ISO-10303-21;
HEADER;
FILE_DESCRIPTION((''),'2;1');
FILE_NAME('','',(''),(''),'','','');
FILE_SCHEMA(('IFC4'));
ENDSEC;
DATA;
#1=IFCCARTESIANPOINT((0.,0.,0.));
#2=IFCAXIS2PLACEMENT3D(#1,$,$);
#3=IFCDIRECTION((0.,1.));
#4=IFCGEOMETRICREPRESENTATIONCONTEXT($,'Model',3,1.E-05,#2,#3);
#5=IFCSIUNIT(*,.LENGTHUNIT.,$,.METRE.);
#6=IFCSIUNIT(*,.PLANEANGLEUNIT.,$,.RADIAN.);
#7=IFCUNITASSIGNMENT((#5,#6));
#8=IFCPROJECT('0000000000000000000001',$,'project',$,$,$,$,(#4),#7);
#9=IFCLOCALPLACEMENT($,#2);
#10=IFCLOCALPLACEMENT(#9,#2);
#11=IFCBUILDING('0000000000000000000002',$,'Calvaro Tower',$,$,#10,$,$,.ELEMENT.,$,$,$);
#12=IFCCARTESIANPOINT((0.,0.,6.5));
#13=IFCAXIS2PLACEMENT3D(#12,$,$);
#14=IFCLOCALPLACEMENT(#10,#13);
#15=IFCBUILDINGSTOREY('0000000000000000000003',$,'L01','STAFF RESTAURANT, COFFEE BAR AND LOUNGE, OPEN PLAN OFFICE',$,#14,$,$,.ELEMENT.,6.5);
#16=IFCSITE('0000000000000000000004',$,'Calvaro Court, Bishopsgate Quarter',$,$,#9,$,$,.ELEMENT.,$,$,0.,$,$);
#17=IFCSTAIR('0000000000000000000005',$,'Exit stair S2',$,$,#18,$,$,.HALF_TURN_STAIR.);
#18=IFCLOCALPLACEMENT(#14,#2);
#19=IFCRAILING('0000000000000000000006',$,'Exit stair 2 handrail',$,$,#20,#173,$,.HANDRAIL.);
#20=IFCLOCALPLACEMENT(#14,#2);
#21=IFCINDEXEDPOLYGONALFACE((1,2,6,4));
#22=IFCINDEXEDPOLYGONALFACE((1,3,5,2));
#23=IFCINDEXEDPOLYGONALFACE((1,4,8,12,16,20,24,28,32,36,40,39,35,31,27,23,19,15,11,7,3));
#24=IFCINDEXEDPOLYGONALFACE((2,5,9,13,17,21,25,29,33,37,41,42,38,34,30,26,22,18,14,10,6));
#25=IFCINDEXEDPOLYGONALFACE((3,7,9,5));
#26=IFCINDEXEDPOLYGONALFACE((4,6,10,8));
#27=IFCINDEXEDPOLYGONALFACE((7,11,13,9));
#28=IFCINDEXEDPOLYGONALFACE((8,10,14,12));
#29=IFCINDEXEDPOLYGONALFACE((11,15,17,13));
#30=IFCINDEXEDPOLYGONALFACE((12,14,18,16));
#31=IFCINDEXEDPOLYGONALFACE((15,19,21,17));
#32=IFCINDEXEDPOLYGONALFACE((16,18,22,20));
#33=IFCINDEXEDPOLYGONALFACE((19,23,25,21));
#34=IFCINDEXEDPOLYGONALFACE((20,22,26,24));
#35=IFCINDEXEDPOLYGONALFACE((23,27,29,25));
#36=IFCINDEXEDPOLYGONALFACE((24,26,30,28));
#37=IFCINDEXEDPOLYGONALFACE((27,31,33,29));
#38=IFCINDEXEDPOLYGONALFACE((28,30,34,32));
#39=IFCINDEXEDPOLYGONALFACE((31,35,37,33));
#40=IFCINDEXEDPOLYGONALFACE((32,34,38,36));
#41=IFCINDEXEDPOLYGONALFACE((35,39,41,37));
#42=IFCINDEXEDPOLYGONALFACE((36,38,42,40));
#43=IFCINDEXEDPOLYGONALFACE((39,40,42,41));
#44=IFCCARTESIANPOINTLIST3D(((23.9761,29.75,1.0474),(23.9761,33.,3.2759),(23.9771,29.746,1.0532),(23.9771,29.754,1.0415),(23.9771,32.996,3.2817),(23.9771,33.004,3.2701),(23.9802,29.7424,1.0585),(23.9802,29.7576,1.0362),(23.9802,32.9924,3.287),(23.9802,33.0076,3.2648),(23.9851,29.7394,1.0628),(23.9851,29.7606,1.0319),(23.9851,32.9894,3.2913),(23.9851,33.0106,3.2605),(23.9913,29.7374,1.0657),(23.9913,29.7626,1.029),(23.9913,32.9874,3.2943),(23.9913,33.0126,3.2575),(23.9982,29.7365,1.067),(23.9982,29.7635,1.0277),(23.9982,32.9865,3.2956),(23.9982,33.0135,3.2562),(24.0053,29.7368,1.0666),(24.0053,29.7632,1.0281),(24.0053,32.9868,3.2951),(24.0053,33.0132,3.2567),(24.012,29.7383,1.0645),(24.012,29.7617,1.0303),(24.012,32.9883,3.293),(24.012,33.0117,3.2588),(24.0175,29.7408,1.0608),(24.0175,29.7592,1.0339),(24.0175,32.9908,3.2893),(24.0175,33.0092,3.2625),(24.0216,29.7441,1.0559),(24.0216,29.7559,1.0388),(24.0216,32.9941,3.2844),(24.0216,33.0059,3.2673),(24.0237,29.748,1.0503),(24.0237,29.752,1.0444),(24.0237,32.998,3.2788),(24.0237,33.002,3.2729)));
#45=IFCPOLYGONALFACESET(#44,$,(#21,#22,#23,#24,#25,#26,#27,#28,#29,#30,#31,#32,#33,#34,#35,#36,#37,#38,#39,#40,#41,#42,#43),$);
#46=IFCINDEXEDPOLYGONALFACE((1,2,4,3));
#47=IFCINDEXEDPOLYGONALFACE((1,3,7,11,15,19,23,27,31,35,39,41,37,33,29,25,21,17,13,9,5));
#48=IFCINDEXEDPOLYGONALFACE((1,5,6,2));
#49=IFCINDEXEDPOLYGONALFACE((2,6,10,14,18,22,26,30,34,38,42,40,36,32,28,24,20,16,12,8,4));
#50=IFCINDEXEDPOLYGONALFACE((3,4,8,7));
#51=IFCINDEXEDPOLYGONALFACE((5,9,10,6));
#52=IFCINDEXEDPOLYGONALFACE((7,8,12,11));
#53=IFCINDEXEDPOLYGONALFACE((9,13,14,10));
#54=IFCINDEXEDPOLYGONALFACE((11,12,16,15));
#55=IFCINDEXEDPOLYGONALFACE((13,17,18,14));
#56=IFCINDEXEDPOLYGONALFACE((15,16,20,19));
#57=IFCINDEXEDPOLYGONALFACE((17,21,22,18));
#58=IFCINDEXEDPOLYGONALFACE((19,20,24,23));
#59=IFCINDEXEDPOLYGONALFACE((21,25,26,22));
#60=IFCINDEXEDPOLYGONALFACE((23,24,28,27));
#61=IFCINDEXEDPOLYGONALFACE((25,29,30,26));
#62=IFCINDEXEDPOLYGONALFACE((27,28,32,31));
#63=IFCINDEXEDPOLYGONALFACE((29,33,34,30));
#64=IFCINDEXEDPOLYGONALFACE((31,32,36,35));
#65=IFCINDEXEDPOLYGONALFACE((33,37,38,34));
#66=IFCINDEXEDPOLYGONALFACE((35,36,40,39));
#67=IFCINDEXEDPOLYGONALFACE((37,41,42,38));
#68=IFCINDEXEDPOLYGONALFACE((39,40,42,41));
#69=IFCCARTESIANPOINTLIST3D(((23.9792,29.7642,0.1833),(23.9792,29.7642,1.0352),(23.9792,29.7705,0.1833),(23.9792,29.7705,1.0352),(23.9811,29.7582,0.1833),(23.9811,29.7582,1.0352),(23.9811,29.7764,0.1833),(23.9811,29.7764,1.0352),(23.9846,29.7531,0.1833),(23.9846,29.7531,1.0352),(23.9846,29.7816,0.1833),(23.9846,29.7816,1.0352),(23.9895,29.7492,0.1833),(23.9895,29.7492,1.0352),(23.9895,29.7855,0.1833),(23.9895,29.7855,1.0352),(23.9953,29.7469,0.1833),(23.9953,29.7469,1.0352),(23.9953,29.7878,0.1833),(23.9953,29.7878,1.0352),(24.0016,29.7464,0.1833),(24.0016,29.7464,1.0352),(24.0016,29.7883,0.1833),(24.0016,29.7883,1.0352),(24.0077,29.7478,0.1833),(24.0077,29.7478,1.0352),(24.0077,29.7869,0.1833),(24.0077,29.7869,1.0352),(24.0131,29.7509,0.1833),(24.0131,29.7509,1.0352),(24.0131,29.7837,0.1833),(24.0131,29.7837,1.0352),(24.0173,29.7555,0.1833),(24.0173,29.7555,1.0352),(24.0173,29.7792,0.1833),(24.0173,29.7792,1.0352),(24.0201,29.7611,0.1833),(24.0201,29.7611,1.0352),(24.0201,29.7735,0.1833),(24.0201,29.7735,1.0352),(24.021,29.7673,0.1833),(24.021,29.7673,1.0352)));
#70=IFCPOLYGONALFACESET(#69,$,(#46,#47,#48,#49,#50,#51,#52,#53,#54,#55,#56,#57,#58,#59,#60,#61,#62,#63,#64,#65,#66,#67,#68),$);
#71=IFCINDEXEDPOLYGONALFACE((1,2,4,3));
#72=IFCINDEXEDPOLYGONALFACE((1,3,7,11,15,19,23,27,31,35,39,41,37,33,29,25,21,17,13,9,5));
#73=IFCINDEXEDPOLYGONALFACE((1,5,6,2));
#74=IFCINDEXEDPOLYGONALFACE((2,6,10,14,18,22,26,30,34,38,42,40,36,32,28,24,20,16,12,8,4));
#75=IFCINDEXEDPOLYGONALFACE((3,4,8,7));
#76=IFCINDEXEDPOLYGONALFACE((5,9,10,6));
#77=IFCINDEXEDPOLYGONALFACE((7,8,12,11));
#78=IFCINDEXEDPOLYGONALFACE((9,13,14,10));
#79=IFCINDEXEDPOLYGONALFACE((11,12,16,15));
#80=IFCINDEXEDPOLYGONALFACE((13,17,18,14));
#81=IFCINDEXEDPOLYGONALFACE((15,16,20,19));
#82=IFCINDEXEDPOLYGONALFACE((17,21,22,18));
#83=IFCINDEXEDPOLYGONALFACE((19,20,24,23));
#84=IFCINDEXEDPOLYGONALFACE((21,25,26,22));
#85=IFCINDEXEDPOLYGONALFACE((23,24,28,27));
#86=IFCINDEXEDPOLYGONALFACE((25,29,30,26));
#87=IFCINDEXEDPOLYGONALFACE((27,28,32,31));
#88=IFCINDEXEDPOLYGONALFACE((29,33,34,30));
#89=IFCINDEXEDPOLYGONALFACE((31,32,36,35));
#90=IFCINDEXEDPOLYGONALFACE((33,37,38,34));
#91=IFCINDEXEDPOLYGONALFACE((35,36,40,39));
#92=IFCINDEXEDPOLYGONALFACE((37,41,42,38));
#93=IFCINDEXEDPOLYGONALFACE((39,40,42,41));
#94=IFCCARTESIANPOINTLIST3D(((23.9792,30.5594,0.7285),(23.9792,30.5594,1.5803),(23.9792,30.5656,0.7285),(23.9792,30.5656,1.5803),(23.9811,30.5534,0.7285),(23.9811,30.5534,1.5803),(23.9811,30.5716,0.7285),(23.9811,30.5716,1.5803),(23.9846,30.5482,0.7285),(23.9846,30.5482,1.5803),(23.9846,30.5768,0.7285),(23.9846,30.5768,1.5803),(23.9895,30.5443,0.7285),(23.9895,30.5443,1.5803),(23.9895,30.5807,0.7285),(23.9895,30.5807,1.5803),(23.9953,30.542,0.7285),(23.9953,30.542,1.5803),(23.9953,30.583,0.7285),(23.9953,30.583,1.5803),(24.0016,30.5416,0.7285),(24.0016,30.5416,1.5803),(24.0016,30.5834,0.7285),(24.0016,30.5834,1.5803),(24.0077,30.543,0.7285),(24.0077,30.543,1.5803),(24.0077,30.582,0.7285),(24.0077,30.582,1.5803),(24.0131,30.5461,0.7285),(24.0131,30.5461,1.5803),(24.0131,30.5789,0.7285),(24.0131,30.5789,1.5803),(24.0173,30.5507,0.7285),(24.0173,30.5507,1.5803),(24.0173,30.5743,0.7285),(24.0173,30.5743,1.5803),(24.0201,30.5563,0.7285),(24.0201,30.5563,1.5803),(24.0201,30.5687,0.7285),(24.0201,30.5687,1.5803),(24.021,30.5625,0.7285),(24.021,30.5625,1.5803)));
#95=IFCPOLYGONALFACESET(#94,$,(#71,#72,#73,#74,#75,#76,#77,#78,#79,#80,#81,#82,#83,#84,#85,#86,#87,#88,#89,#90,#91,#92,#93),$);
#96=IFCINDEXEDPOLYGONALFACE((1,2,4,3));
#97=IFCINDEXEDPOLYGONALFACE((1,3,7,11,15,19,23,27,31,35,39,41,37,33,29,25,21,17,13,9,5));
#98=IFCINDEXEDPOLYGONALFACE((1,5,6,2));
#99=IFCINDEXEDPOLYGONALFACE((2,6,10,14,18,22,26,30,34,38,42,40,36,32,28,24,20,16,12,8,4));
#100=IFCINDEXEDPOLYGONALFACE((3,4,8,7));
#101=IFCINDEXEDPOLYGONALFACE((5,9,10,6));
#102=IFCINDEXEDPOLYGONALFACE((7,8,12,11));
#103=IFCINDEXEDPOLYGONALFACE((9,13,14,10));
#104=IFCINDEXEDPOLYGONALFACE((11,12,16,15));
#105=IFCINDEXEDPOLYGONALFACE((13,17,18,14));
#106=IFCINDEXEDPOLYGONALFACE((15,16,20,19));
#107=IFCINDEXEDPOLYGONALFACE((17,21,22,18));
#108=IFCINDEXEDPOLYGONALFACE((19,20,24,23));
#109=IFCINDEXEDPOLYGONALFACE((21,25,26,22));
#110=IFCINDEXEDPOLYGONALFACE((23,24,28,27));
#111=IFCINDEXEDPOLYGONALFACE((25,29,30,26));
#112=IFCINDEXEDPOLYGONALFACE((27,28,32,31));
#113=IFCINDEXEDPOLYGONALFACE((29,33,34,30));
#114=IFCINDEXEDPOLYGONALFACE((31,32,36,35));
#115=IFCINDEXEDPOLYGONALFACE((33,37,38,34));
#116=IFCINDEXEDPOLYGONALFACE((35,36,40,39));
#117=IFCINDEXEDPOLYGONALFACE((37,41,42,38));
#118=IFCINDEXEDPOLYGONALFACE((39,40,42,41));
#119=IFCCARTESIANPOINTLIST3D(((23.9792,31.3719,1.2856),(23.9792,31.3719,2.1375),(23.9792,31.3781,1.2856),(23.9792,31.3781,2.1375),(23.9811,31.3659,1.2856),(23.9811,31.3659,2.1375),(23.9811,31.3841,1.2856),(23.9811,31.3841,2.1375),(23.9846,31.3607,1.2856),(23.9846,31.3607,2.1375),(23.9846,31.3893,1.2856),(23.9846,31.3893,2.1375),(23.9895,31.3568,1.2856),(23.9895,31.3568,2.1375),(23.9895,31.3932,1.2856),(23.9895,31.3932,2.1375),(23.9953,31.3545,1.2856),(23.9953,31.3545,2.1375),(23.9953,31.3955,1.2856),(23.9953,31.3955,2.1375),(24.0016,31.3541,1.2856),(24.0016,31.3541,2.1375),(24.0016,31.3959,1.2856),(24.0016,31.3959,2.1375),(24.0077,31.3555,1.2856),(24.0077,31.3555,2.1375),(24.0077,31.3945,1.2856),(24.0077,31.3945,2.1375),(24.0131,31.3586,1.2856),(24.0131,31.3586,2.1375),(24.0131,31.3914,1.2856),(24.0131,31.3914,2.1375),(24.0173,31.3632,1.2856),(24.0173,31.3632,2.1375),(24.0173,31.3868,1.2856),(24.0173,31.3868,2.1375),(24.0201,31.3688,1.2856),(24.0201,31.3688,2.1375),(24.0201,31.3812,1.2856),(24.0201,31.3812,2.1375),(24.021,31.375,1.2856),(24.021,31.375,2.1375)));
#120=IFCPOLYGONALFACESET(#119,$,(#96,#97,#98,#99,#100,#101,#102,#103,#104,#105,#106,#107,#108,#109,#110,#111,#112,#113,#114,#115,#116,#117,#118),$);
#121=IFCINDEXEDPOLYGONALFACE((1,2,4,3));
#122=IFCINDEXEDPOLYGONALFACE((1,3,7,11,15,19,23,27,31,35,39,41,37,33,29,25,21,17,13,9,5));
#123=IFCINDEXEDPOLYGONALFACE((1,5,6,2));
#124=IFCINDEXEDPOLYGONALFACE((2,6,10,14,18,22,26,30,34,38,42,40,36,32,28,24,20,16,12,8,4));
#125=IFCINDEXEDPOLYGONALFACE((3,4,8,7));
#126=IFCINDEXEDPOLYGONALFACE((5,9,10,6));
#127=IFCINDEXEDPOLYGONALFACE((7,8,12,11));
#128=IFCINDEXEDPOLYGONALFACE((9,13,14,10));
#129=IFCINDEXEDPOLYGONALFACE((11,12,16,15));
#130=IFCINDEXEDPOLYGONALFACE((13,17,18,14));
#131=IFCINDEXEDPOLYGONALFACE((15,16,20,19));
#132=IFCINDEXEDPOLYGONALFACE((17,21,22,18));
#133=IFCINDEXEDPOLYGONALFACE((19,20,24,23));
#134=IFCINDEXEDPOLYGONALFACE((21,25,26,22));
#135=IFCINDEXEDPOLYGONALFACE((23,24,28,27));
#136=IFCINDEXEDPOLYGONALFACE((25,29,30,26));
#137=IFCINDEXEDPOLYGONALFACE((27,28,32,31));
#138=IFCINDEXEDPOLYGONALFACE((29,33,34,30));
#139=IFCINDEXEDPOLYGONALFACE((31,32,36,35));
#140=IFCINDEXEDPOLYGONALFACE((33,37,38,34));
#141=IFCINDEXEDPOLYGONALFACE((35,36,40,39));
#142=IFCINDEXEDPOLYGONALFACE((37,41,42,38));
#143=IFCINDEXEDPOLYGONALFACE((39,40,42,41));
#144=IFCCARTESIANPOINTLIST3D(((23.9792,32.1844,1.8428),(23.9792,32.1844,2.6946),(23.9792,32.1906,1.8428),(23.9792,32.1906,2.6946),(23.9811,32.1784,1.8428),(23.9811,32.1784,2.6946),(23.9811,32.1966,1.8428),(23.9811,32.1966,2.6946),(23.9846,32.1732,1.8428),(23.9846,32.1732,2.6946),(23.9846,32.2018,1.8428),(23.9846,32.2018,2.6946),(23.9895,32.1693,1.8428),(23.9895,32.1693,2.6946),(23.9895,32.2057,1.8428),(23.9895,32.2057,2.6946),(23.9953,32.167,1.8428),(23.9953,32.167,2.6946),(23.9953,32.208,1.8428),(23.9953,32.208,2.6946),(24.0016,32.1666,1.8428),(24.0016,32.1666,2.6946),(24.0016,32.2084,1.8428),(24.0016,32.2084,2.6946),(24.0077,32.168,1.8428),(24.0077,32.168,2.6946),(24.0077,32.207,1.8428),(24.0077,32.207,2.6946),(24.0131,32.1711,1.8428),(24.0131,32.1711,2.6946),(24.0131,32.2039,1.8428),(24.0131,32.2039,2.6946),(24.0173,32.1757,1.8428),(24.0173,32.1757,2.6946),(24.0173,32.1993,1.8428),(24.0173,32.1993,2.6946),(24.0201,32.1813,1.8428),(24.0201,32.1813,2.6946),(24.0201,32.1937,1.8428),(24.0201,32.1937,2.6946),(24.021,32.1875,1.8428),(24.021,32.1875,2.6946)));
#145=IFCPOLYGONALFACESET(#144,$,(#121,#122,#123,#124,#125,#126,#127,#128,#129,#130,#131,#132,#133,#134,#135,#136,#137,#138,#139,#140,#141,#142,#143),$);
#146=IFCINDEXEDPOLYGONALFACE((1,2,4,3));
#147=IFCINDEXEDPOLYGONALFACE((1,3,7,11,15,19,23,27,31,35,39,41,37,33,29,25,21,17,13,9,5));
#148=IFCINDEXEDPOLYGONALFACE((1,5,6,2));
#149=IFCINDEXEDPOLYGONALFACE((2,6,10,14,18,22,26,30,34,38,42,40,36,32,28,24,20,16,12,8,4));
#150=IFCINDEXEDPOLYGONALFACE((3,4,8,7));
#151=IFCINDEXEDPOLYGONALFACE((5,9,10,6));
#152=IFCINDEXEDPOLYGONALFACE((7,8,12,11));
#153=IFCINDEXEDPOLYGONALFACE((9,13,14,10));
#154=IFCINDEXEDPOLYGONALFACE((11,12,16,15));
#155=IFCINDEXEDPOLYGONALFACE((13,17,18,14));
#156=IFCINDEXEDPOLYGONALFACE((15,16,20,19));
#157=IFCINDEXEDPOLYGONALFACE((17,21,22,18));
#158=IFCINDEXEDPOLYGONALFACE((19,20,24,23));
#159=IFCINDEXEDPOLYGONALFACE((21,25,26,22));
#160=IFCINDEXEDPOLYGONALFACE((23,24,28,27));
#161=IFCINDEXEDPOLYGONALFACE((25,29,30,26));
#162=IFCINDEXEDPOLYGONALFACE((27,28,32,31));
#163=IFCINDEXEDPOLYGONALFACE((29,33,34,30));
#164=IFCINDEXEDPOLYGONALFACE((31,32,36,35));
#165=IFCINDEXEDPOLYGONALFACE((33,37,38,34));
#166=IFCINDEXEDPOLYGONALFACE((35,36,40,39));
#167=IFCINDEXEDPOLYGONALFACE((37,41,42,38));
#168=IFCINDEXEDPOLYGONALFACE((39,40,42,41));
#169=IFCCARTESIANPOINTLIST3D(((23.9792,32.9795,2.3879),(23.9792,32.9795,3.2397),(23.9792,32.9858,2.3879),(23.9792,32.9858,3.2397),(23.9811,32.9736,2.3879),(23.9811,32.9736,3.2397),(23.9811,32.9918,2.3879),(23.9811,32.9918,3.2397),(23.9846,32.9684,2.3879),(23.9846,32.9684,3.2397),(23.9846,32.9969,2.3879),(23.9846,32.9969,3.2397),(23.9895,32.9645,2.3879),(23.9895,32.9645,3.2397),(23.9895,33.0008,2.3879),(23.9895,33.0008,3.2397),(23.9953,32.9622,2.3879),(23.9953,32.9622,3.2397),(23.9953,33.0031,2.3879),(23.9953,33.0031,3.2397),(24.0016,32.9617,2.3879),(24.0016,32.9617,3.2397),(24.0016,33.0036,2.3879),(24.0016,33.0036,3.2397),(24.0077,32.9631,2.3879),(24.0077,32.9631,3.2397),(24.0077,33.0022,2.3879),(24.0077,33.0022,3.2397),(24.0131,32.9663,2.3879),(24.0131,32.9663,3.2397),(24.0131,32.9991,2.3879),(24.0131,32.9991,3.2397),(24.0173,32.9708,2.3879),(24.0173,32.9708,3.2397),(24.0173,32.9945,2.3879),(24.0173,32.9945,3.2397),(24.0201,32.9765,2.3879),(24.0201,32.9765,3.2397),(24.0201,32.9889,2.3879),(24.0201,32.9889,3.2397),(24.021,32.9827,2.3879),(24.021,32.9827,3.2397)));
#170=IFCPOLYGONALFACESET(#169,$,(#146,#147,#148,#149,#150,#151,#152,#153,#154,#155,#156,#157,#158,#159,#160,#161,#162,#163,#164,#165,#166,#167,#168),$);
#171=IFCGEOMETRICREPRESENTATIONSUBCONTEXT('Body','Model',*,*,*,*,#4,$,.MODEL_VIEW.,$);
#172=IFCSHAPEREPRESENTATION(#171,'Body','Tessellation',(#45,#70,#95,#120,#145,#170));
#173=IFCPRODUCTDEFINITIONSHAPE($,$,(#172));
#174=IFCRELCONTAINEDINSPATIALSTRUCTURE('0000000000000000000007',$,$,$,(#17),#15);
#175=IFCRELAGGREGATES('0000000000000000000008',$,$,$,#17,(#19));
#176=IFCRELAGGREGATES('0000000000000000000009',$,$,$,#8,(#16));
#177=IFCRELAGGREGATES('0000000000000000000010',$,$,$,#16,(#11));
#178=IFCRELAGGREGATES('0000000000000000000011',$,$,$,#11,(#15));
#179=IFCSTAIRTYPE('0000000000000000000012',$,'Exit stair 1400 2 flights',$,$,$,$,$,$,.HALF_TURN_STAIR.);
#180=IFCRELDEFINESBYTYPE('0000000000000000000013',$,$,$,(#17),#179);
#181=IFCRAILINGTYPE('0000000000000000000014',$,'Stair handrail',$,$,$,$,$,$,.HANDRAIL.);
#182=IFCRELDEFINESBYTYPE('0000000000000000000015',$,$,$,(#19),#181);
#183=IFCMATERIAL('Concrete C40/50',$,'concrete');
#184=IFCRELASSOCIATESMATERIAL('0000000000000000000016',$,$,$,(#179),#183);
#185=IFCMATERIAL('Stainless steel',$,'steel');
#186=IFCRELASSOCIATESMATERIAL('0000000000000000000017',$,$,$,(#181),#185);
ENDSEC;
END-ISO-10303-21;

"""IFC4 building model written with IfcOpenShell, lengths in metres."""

from ifc_helpers import new_model, si_unit, direction, frame, origin, origin_2d, place, context, subcontext, project, spatial, circle, extrude, material, type_object, element, aggregate, save


model = new_model("IFC4")

# Units and contexts
model_context = context("Model", 3, precision=1e-05, world=origin(), true_north=direction((0.0, 1.0)))
body_context = subcontext(model_context, "Body", "Model", "MODEL_VIEW")
ifc_project = project(units=[si_unit("LENGTHUNIT", "METRE"), si_unit("PLANEANGLEUNIT", "RADIAN")], contexts=[model_context])

# Site, building, storey
site_placement = place(None, origin())
site = spatial("IfcSite", under=ifc_project, at=site_placement, Name="Calvaro Court, Bishopsgate Quarter", CompositionType="ELEMENT", RefElevation=0.0)
building_placement = place(site_placement, origin())
building = spatial("IfcBuilding", under=site, at=building_placement, Name="Calvaro Tower", CompositionType="ELEMENT")
storey_placement = place(building_placement, frame((0.0, 0.0, 6.5)))
storey = spatial("IfcBuildingStorey", under=building, at=storey_placement, Name="L01", Description="STAFF RESTAURANT, COFFEE BAR AND LOUNGE, OPEN PLAN OFFICE", CompositionType="ELEMENT", Elevation=6.5)

# Stair, railing
ifc_material_1 = material(Name="Concrete C40/50", Category="concrete")
stair_type = type_object("IfcStairType", Name="Exit stair 1400 2 flights", PredefinedType="HALF_TURN_STAIR", material=ifc_material_1)
stair_placement = place(storey_placement, origin())
stair = element("IfcStair", 1, at=stair_placement, inside=storey, type_object=stair_type, Name="Exit stair S2", PredefinedType="HALF_TURN_STAIR")
ifc_material_2 = material(Name="Stainless steel", Category="steel")
railing_type = type_object("IfcRailingType", Name="Stair handrail", PredefinedType="HANDRAIL", material=ifc_material_2)
railing_1_placement = place(storey_placement, frame((24.0, 29.75, 0.1714)))
railing_1 = element("IfcRailing", 2, at=railing_1_placement, type_object=railing_type, Name="Exit stair 2 handrail", PredefinedType="HANDRAIL", context=body_context, shape_type="SweptSolid", body=[
    extrude(circle(Radius=0.0239, at=origin_2d()), frame((0.0, 0.0, 0.876), z_axis=(0.0, 0.824735, 0.565519), x_axis=(-1.0, 0.0, 0.0)), (0.0, 0.0, 1.0), 3.9407),
    extrude(circle(Radius=0.021, at=origin_2d()), frame((0.0, 0.0173, 0.012)), (0.0, 0.0, 1.0), 0.8518),
    extrude(circle(Radius=0.021, at=origin_2d()), frame((0.0, 0.8125, 0.5571)), (0.0, 0.0, 1.0), 0.8518),
    extrude(circle(Radius=0.021, at=origin_2d()), frame((0.0, 1.625, 1.1143)), (0.0, 0.0, 1.0), 0.8518),
    extrude(circle(Radius=0.021, at=origin_2d()), frame((0.0, 2.4375, 1.6714)), (0.0, 0.0, 1.0), 0.8518),
    extrude(circle(Radius=0.021, at=origin_2d()), frame((0.0, 3.2327, 2.2166)), (0.0, 0.0, 1.0), 0.8518),
])
aggregate(stair, [railing_1])

save(model, "model.ifc")
